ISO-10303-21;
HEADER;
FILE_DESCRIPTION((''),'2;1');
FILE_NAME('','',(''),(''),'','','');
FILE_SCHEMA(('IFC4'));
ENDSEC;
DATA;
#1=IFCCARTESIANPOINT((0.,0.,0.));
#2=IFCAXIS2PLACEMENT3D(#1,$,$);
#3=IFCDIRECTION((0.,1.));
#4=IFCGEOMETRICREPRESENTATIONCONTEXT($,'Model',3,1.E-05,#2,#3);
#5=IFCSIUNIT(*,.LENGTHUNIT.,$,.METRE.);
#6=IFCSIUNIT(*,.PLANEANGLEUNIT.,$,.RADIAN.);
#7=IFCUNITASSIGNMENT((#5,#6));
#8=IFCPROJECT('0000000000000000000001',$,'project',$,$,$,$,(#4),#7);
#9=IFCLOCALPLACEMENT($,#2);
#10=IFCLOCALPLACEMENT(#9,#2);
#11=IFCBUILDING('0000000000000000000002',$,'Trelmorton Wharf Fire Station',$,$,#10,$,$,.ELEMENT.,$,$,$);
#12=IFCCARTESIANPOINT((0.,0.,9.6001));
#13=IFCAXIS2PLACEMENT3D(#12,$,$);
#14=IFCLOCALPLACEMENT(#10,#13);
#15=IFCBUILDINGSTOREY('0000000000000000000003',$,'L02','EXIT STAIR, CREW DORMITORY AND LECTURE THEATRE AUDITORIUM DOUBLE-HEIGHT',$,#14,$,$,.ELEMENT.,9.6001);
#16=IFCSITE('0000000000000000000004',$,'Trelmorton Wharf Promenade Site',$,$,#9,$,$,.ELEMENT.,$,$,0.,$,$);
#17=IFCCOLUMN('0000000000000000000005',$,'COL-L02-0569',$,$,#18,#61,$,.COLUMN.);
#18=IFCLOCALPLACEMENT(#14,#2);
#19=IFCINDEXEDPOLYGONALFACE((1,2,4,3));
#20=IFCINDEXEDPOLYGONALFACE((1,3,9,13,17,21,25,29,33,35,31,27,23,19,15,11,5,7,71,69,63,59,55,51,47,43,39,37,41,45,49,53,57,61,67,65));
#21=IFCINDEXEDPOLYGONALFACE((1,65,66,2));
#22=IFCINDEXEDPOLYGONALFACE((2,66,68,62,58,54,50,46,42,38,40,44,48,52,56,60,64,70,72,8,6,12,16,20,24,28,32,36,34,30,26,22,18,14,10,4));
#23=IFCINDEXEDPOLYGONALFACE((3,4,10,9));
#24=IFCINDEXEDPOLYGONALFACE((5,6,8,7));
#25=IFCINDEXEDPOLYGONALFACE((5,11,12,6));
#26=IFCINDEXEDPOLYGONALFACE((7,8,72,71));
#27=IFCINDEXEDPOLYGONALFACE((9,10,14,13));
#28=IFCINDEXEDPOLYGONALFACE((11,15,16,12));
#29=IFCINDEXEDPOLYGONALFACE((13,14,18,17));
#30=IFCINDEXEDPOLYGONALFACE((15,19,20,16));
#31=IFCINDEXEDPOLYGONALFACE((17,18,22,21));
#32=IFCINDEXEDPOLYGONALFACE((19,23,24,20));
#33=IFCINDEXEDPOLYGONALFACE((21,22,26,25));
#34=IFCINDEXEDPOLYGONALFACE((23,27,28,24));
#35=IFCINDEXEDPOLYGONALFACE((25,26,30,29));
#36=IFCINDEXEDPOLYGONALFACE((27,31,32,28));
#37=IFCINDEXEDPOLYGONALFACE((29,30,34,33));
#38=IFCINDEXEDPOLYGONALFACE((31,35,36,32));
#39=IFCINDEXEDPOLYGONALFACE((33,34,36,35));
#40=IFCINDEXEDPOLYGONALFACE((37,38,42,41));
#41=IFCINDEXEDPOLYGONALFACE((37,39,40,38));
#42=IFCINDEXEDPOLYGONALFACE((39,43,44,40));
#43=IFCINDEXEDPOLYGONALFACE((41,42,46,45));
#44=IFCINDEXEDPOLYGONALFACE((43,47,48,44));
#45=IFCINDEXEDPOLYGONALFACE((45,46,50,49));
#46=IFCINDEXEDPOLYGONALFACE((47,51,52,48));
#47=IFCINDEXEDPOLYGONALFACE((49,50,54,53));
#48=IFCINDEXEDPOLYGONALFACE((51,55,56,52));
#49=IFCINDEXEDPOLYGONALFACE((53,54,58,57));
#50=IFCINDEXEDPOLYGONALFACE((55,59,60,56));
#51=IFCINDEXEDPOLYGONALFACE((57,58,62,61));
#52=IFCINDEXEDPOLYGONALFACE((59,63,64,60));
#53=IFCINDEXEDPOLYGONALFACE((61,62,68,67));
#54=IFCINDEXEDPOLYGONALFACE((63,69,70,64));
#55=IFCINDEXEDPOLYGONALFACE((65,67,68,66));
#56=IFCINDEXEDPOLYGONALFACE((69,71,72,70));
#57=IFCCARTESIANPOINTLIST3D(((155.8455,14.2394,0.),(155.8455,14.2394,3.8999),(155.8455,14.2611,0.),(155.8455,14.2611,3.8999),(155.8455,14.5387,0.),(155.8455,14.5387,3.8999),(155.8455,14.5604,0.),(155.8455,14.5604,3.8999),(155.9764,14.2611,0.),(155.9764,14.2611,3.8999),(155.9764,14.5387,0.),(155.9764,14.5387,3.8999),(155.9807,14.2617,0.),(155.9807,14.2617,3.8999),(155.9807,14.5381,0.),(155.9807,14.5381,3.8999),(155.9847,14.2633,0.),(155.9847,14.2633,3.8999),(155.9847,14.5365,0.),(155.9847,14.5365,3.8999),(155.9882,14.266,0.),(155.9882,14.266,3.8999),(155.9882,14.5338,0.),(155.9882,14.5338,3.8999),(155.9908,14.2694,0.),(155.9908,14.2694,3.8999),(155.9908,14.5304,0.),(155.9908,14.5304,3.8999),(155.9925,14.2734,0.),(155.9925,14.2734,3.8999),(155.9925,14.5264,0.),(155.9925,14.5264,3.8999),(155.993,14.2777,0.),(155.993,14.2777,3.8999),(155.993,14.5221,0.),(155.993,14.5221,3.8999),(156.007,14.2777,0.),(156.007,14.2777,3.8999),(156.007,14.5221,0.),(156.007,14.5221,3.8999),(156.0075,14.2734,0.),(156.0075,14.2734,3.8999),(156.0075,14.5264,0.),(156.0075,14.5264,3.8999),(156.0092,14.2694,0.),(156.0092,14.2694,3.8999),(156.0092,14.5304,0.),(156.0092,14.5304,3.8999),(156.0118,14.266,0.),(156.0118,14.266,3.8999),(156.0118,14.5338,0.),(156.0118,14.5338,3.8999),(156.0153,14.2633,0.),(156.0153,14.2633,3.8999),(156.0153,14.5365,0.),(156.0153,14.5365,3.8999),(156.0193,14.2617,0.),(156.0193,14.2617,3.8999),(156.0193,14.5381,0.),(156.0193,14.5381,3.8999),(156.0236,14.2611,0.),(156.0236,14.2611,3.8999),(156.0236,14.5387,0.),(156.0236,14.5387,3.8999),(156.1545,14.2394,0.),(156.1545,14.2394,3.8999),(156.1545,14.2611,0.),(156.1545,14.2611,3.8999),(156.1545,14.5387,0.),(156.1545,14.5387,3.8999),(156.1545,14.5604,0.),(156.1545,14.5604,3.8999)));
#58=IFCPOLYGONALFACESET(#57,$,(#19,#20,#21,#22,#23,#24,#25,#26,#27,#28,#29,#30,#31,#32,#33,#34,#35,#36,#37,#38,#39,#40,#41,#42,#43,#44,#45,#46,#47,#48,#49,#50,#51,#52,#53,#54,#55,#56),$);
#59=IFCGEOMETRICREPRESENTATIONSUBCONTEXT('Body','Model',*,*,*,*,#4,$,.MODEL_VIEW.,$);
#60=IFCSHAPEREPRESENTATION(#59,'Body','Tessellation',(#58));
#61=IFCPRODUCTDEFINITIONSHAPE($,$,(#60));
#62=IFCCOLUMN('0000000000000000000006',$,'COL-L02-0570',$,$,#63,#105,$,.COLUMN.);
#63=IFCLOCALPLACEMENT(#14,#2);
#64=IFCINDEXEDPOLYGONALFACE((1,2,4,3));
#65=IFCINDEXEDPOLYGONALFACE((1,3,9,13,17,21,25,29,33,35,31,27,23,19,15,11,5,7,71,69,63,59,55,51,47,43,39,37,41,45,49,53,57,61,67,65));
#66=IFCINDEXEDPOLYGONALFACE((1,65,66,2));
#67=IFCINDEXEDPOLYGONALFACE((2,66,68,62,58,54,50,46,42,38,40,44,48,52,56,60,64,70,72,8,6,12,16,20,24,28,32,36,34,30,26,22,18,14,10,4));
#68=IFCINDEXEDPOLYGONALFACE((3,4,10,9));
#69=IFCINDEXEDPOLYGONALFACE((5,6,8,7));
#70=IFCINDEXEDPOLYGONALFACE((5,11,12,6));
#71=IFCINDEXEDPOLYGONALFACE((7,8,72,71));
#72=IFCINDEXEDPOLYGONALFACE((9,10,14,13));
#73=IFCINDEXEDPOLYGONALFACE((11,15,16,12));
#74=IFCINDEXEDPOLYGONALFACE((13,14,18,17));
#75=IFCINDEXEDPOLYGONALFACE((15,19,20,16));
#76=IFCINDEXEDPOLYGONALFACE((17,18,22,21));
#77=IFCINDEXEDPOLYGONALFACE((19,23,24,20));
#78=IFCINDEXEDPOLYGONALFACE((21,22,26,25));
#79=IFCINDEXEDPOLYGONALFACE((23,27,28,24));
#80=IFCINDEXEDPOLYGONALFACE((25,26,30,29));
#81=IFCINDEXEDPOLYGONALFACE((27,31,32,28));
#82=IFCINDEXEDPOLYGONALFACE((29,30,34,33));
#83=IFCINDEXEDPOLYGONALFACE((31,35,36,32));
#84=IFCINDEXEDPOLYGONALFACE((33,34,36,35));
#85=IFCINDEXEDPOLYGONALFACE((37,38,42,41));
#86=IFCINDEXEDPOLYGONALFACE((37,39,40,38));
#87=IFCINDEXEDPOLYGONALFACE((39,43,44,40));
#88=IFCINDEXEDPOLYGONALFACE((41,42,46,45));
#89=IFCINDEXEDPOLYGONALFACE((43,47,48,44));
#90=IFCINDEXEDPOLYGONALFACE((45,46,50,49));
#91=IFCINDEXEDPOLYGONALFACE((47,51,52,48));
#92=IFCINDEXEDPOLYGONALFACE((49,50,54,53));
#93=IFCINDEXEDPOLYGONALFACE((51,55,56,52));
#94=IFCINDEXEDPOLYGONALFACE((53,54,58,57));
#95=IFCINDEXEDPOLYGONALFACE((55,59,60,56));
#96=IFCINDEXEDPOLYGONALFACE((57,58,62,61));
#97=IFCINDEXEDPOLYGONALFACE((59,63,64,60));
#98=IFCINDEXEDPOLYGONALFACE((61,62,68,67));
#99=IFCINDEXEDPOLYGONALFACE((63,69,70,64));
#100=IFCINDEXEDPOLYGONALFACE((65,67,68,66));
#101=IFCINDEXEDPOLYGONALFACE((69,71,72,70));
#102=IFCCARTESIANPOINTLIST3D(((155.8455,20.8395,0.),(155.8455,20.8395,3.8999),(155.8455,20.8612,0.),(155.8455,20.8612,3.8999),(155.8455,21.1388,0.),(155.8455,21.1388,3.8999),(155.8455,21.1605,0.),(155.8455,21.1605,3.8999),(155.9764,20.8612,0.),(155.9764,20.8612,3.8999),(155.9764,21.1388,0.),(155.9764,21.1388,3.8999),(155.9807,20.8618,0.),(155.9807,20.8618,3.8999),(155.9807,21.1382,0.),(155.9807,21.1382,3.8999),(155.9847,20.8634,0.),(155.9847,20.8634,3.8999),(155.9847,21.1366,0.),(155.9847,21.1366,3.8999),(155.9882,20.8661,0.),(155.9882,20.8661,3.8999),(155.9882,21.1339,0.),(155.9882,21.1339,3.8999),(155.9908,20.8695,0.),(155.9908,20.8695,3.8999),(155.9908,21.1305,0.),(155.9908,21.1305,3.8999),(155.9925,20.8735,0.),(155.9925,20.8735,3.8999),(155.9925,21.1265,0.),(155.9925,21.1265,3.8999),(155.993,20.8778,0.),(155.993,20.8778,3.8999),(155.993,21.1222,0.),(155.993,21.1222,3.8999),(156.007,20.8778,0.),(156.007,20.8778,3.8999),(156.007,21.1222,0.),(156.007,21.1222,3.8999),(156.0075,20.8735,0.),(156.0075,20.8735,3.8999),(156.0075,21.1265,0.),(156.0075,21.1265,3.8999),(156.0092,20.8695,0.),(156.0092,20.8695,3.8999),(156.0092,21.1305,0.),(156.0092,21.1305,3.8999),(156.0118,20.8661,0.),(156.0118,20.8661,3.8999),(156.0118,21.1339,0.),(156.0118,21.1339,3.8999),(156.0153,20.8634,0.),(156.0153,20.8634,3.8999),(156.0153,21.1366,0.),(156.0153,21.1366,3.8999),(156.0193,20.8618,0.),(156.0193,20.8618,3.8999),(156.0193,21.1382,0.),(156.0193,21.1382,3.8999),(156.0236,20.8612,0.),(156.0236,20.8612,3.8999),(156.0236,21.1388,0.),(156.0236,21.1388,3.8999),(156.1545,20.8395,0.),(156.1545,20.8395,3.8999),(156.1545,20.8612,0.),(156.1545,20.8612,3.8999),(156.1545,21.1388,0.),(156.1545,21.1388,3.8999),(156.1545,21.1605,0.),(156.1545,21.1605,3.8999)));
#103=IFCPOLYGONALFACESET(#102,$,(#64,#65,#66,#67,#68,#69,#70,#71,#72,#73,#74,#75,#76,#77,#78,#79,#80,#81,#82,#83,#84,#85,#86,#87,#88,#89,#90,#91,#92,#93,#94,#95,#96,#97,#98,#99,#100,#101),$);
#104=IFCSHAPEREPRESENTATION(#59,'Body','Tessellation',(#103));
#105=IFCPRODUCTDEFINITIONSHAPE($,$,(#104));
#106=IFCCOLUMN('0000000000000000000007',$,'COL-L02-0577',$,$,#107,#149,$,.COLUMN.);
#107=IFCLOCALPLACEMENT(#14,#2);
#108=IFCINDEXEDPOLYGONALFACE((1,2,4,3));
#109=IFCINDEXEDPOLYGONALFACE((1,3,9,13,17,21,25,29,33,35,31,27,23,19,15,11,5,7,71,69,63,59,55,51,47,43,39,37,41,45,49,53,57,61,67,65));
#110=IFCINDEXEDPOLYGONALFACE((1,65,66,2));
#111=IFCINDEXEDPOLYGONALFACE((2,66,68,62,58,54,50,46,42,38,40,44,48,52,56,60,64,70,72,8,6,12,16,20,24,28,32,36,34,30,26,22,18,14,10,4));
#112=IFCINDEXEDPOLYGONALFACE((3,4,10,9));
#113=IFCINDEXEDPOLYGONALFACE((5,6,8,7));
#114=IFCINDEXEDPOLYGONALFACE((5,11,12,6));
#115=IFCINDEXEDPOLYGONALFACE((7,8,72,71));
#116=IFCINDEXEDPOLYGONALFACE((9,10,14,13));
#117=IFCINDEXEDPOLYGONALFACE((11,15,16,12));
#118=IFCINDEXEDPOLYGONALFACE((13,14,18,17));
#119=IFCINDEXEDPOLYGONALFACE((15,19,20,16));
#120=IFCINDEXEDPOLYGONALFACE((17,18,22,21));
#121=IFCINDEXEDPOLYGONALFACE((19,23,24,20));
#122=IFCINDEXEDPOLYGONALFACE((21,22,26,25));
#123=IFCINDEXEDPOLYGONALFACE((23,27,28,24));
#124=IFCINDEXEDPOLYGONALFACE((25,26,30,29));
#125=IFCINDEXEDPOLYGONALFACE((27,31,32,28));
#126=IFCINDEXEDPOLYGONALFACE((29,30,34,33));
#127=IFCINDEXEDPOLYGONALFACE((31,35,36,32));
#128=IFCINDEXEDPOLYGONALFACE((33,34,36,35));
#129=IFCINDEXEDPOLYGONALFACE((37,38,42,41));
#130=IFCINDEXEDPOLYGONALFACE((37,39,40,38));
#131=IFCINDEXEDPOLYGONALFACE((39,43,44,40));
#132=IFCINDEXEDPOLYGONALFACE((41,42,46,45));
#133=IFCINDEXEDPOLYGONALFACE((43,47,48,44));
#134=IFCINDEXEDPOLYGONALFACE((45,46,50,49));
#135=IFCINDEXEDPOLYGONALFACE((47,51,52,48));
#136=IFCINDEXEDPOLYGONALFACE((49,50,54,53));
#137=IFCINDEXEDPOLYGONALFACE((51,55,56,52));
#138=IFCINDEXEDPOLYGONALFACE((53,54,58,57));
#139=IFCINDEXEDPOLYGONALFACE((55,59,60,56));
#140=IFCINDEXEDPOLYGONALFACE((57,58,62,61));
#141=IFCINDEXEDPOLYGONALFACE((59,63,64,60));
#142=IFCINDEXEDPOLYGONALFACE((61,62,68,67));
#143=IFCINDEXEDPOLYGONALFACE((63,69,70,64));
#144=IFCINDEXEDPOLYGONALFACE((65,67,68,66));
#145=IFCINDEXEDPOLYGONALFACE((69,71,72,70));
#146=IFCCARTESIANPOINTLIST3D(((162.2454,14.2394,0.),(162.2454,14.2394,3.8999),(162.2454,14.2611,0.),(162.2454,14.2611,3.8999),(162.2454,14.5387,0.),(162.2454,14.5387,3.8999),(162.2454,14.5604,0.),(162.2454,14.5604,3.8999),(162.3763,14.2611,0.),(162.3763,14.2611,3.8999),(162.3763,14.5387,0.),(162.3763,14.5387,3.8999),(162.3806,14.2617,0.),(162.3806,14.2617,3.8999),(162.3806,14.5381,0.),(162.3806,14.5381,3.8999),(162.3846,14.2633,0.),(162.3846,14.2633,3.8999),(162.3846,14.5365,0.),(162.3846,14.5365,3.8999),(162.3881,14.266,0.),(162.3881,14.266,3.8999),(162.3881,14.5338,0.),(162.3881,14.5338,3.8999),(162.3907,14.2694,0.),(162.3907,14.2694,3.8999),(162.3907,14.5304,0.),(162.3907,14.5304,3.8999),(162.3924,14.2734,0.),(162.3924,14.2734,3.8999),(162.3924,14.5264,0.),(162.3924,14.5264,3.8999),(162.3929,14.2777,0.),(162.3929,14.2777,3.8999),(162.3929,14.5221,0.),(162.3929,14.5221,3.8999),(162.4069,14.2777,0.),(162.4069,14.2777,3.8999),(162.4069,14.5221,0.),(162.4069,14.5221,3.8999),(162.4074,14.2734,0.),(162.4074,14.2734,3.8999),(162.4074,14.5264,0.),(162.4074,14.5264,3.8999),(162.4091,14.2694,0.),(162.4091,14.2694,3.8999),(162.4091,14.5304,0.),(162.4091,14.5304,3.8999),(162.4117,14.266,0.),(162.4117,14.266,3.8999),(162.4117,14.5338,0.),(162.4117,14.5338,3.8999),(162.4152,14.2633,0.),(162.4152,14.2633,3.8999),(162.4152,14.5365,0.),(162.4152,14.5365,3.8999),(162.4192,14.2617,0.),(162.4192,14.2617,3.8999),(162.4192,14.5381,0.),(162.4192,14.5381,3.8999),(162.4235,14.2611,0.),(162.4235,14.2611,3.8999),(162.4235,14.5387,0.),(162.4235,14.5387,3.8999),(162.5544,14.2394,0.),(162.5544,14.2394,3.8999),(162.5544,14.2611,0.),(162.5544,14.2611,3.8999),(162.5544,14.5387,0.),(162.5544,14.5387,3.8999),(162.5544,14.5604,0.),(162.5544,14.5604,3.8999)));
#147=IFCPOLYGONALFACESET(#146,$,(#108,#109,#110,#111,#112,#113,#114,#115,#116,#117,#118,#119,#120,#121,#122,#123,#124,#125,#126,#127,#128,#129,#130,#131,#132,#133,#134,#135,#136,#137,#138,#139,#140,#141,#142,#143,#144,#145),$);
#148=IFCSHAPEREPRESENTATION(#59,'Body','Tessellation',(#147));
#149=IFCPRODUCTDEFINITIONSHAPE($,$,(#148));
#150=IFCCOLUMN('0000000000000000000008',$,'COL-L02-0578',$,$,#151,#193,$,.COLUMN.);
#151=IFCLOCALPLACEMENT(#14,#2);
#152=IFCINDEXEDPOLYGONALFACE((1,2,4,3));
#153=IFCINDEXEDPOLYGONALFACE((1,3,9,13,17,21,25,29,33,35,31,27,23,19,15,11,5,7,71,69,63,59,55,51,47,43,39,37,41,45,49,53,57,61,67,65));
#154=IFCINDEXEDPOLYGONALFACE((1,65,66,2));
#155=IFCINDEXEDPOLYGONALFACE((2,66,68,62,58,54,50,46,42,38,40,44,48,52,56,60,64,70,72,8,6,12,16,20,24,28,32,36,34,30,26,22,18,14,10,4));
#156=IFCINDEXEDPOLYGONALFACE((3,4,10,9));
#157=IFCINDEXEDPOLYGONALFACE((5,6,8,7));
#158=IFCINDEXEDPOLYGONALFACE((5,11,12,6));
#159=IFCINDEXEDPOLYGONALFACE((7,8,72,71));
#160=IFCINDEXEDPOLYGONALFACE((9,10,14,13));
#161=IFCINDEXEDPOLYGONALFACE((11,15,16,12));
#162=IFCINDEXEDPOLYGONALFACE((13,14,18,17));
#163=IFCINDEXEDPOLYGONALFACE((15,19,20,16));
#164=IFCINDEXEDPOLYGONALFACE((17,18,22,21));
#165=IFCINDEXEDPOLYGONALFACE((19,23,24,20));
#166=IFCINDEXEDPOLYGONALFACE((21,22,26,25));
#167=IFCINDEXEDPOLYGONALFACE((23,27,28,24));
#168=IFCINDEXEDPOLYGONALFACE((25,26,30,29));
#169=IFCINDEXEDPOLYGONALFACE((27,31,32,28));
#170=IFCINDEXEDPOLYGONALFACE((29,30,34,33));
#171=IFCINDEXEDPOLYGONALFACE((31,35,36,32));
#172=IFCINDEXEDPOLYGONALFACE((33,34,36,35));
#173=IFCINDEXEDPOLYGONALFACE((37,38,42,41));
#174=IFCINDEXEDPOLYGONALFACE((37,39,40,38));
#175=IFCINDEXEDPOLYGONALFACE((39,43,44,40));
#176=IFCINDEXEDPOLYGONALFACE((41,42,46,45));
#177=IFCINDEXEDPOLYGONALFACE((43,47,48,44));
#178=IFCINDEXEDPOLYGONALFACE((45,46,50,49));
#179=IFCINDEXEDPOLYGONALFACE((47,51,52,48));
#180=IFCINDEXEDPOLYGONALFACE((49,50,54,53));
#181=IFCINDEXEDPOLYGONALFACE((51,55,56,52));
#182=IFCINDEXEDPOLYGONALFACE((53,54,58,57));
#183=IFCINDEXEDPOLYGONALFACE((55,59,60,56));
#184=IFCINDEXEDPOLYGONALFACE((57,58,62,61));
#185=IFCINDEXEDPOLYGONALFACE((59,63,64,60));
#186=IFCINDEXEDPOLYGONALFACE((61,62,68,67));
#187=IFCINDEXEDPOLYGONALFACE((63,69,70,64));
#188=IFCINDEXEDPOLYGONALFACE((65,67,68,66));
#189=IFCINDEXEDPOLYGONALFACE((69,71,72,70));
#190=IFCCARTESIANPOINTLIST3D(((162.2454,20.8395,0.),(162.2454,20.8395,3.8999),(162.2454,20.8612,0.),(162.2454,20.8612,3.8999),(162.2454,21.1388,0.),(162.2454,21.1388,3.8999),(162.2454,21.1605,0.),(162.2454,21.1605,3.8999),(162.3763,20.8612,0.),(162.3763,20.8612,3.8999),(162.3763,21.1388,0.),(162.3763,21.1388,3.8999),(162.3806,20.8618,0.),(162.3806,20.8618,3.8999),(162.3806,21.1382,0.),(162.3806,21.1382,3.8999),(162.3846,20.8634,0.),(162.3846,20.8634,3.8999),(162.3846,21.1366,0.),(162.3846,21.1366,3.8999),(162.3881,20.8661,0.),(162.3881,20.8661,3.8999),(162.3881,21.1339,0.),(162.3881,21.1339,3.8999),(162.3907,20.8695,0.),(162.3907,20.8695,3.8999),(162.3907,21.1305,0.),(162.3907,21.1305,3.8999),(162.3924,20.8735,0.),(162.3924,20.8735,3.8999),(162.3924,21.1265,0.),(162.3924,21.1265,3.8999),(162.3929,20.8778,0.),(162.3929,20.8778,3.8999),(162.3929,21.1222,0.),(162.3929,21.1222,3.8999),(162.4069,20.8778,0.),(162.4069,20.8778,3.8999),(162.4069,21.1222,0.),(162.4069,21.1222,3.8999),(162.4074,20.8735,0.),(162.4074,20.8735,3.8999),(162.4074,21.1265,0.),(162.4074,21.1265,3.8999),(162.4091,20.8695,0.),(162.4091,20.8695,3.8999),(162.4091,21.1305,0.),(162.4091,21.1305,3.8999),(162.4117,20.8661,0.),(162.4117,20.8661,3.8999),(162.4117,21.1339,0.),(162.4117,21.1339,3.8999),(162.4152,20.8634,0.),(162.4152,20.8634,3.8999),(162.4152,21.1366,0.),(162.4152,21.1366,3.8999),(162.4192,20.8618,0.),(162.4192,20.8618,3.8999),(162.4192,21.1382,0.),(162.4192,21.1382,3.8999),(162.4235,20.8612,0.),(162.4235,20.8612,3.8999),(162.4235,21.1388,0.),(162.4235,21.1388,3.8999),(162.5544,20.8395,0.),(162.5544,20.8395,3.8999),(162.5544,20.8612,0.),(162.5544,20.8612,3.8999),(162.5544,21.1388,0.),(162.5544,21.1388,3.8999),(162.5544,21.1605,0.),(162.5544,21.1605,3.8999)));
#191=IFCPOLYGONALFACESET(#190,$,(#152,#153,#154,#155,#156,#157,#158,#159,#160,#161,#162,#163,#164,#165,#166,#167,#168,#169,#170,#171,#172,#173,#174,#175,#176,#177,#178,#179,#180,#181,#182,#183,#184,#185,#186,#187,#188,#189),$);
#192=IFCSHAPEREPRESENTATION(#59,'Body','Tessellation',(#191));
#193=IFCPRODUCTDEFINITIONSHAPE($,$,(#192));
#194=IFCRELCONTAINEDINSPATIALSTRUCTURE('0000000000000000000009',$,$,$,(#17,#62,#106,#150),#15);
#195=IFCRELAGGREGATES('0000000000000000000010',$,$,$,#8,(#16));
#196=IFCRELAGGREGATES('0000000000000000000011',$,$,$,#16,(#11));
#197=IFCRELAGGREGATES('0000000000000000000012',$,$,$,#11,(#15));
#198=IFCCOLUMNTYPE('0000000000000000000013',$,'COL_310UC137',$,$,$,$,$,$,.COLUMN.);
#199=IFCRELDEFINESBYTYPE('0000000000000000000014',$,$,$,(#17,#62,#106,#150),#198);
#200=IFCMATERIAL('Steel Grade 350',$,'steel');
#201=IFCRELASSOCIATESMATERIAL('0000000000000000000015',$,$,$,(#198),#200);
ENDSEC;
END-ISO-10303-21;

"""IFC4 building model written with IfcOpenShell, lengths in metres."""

from ifc_helpers import new_model, si_unit, direction, frame, origin, origin_2d, place, context, subcontext, project, spatial, i_section, extrude, material, material_profile, profile_set, type_object, element, save


model = new_model("IFC4")

# Units and contexts
model_context = context("Model", 3, precision=1e-05, world=origin(), true_north=direction((0.0, 1.0)))
body_context = subcontext(model_context, "Body", "Model", "MODEL_VIEW")
ifc_project = project(units=[si_unit("LENGTHUNIT", "METRE"), si_unit("PLANEANGLEUNIT", "RADIAN")], contexts=[model_context])

# Site, building, storey
site_placement = place(None, origin())
site = spatial("IfcSite", under=ifc_project, at=site_placement, Name="Trelmorton Wharf Promenade Site", CompositionType="ELEMENT", RefElevation=0.0)
building_placement = place(site_placement, origin())
building = spatial("IfcBuilding", under=site, at=building_placement, Name="Trelmorton Wharf Fire Station", CompositionType="ELEMENT")
storey_placement = place(building_placement, frame((0.0, 0.0, 9.6001)))
storey = spatial("IfcBuildingStorey", under=building, at=storey_placement, Name="L02", Description="EXIT STAIR, CREW DORMITORY AND LECTURE THEATRE AUDITORIUM DOUBLE-HEIGHT", CompositionType="ELEMENT", Elevation=9.6001)

# Columns
ifc_material_1 = material(Name="Steel Grade 350", Category="steel")
ifc_material_profile_1 = material_profile(ifc_material_1, i_section(OverallWidth=0.3091, OverallDepth=0.321, WebThickness=0.0139, FlangeThickness=0.0217, FilletRadius=0.0166, at=origin_2d()), Name="310UC137")
ifc_profile_set_1 = profile_set([ifc_material_profile_1], Name="Steel Grade 350")
column_type = type_object("IfcColumnType", Name="COL_310UC137", PredefinedType="COLUMN", material=ifc_profile_set_1)
for number, where, z_axis, x_axis, name in (
    (1, (156.0, 14.3999, 0.0), (0.0, 0.0, 1.0), (1.0, 0.0, 0.0), "COL-L02-0569"),
    (2, (156.0, 21.0, 0.0), (0.0, 0.0, 1.0), (1.0, 0.0, 0.0), "COL-L02-0570"),
    (3, (162.3999, 14.3999, 0.0), (0.0, 0.0, 1.0), (1.0, 0.0, 0.0), "COL-L02-0577"),
    (4, (162.3999, 21.0, 0.0), (0.0, 0.0, 1.0), (1.0, 0.0, 0.0), "COL-L02-0578"),
):
    element("IfcColumn", number, at=place(storey_placement, frame(where, z_axis=z_axis, x_axis=x_axis)), inside=storey, type_object=column_type, Name=name, PredefinedType="COLUMN", context=body_context, shape_type="SweptSolid", body=[
        extrude(i_section(OverallWidth=0.3091, OverallDepth=0.321, WebThickness=0.0139, FlangeThickness=0.0217, FilletRadius=0.0166, at=origin_2d()), origin(), (0.0, 0.0, 1.0), 3.8999),
    ])

save(model, "model.ifc")
